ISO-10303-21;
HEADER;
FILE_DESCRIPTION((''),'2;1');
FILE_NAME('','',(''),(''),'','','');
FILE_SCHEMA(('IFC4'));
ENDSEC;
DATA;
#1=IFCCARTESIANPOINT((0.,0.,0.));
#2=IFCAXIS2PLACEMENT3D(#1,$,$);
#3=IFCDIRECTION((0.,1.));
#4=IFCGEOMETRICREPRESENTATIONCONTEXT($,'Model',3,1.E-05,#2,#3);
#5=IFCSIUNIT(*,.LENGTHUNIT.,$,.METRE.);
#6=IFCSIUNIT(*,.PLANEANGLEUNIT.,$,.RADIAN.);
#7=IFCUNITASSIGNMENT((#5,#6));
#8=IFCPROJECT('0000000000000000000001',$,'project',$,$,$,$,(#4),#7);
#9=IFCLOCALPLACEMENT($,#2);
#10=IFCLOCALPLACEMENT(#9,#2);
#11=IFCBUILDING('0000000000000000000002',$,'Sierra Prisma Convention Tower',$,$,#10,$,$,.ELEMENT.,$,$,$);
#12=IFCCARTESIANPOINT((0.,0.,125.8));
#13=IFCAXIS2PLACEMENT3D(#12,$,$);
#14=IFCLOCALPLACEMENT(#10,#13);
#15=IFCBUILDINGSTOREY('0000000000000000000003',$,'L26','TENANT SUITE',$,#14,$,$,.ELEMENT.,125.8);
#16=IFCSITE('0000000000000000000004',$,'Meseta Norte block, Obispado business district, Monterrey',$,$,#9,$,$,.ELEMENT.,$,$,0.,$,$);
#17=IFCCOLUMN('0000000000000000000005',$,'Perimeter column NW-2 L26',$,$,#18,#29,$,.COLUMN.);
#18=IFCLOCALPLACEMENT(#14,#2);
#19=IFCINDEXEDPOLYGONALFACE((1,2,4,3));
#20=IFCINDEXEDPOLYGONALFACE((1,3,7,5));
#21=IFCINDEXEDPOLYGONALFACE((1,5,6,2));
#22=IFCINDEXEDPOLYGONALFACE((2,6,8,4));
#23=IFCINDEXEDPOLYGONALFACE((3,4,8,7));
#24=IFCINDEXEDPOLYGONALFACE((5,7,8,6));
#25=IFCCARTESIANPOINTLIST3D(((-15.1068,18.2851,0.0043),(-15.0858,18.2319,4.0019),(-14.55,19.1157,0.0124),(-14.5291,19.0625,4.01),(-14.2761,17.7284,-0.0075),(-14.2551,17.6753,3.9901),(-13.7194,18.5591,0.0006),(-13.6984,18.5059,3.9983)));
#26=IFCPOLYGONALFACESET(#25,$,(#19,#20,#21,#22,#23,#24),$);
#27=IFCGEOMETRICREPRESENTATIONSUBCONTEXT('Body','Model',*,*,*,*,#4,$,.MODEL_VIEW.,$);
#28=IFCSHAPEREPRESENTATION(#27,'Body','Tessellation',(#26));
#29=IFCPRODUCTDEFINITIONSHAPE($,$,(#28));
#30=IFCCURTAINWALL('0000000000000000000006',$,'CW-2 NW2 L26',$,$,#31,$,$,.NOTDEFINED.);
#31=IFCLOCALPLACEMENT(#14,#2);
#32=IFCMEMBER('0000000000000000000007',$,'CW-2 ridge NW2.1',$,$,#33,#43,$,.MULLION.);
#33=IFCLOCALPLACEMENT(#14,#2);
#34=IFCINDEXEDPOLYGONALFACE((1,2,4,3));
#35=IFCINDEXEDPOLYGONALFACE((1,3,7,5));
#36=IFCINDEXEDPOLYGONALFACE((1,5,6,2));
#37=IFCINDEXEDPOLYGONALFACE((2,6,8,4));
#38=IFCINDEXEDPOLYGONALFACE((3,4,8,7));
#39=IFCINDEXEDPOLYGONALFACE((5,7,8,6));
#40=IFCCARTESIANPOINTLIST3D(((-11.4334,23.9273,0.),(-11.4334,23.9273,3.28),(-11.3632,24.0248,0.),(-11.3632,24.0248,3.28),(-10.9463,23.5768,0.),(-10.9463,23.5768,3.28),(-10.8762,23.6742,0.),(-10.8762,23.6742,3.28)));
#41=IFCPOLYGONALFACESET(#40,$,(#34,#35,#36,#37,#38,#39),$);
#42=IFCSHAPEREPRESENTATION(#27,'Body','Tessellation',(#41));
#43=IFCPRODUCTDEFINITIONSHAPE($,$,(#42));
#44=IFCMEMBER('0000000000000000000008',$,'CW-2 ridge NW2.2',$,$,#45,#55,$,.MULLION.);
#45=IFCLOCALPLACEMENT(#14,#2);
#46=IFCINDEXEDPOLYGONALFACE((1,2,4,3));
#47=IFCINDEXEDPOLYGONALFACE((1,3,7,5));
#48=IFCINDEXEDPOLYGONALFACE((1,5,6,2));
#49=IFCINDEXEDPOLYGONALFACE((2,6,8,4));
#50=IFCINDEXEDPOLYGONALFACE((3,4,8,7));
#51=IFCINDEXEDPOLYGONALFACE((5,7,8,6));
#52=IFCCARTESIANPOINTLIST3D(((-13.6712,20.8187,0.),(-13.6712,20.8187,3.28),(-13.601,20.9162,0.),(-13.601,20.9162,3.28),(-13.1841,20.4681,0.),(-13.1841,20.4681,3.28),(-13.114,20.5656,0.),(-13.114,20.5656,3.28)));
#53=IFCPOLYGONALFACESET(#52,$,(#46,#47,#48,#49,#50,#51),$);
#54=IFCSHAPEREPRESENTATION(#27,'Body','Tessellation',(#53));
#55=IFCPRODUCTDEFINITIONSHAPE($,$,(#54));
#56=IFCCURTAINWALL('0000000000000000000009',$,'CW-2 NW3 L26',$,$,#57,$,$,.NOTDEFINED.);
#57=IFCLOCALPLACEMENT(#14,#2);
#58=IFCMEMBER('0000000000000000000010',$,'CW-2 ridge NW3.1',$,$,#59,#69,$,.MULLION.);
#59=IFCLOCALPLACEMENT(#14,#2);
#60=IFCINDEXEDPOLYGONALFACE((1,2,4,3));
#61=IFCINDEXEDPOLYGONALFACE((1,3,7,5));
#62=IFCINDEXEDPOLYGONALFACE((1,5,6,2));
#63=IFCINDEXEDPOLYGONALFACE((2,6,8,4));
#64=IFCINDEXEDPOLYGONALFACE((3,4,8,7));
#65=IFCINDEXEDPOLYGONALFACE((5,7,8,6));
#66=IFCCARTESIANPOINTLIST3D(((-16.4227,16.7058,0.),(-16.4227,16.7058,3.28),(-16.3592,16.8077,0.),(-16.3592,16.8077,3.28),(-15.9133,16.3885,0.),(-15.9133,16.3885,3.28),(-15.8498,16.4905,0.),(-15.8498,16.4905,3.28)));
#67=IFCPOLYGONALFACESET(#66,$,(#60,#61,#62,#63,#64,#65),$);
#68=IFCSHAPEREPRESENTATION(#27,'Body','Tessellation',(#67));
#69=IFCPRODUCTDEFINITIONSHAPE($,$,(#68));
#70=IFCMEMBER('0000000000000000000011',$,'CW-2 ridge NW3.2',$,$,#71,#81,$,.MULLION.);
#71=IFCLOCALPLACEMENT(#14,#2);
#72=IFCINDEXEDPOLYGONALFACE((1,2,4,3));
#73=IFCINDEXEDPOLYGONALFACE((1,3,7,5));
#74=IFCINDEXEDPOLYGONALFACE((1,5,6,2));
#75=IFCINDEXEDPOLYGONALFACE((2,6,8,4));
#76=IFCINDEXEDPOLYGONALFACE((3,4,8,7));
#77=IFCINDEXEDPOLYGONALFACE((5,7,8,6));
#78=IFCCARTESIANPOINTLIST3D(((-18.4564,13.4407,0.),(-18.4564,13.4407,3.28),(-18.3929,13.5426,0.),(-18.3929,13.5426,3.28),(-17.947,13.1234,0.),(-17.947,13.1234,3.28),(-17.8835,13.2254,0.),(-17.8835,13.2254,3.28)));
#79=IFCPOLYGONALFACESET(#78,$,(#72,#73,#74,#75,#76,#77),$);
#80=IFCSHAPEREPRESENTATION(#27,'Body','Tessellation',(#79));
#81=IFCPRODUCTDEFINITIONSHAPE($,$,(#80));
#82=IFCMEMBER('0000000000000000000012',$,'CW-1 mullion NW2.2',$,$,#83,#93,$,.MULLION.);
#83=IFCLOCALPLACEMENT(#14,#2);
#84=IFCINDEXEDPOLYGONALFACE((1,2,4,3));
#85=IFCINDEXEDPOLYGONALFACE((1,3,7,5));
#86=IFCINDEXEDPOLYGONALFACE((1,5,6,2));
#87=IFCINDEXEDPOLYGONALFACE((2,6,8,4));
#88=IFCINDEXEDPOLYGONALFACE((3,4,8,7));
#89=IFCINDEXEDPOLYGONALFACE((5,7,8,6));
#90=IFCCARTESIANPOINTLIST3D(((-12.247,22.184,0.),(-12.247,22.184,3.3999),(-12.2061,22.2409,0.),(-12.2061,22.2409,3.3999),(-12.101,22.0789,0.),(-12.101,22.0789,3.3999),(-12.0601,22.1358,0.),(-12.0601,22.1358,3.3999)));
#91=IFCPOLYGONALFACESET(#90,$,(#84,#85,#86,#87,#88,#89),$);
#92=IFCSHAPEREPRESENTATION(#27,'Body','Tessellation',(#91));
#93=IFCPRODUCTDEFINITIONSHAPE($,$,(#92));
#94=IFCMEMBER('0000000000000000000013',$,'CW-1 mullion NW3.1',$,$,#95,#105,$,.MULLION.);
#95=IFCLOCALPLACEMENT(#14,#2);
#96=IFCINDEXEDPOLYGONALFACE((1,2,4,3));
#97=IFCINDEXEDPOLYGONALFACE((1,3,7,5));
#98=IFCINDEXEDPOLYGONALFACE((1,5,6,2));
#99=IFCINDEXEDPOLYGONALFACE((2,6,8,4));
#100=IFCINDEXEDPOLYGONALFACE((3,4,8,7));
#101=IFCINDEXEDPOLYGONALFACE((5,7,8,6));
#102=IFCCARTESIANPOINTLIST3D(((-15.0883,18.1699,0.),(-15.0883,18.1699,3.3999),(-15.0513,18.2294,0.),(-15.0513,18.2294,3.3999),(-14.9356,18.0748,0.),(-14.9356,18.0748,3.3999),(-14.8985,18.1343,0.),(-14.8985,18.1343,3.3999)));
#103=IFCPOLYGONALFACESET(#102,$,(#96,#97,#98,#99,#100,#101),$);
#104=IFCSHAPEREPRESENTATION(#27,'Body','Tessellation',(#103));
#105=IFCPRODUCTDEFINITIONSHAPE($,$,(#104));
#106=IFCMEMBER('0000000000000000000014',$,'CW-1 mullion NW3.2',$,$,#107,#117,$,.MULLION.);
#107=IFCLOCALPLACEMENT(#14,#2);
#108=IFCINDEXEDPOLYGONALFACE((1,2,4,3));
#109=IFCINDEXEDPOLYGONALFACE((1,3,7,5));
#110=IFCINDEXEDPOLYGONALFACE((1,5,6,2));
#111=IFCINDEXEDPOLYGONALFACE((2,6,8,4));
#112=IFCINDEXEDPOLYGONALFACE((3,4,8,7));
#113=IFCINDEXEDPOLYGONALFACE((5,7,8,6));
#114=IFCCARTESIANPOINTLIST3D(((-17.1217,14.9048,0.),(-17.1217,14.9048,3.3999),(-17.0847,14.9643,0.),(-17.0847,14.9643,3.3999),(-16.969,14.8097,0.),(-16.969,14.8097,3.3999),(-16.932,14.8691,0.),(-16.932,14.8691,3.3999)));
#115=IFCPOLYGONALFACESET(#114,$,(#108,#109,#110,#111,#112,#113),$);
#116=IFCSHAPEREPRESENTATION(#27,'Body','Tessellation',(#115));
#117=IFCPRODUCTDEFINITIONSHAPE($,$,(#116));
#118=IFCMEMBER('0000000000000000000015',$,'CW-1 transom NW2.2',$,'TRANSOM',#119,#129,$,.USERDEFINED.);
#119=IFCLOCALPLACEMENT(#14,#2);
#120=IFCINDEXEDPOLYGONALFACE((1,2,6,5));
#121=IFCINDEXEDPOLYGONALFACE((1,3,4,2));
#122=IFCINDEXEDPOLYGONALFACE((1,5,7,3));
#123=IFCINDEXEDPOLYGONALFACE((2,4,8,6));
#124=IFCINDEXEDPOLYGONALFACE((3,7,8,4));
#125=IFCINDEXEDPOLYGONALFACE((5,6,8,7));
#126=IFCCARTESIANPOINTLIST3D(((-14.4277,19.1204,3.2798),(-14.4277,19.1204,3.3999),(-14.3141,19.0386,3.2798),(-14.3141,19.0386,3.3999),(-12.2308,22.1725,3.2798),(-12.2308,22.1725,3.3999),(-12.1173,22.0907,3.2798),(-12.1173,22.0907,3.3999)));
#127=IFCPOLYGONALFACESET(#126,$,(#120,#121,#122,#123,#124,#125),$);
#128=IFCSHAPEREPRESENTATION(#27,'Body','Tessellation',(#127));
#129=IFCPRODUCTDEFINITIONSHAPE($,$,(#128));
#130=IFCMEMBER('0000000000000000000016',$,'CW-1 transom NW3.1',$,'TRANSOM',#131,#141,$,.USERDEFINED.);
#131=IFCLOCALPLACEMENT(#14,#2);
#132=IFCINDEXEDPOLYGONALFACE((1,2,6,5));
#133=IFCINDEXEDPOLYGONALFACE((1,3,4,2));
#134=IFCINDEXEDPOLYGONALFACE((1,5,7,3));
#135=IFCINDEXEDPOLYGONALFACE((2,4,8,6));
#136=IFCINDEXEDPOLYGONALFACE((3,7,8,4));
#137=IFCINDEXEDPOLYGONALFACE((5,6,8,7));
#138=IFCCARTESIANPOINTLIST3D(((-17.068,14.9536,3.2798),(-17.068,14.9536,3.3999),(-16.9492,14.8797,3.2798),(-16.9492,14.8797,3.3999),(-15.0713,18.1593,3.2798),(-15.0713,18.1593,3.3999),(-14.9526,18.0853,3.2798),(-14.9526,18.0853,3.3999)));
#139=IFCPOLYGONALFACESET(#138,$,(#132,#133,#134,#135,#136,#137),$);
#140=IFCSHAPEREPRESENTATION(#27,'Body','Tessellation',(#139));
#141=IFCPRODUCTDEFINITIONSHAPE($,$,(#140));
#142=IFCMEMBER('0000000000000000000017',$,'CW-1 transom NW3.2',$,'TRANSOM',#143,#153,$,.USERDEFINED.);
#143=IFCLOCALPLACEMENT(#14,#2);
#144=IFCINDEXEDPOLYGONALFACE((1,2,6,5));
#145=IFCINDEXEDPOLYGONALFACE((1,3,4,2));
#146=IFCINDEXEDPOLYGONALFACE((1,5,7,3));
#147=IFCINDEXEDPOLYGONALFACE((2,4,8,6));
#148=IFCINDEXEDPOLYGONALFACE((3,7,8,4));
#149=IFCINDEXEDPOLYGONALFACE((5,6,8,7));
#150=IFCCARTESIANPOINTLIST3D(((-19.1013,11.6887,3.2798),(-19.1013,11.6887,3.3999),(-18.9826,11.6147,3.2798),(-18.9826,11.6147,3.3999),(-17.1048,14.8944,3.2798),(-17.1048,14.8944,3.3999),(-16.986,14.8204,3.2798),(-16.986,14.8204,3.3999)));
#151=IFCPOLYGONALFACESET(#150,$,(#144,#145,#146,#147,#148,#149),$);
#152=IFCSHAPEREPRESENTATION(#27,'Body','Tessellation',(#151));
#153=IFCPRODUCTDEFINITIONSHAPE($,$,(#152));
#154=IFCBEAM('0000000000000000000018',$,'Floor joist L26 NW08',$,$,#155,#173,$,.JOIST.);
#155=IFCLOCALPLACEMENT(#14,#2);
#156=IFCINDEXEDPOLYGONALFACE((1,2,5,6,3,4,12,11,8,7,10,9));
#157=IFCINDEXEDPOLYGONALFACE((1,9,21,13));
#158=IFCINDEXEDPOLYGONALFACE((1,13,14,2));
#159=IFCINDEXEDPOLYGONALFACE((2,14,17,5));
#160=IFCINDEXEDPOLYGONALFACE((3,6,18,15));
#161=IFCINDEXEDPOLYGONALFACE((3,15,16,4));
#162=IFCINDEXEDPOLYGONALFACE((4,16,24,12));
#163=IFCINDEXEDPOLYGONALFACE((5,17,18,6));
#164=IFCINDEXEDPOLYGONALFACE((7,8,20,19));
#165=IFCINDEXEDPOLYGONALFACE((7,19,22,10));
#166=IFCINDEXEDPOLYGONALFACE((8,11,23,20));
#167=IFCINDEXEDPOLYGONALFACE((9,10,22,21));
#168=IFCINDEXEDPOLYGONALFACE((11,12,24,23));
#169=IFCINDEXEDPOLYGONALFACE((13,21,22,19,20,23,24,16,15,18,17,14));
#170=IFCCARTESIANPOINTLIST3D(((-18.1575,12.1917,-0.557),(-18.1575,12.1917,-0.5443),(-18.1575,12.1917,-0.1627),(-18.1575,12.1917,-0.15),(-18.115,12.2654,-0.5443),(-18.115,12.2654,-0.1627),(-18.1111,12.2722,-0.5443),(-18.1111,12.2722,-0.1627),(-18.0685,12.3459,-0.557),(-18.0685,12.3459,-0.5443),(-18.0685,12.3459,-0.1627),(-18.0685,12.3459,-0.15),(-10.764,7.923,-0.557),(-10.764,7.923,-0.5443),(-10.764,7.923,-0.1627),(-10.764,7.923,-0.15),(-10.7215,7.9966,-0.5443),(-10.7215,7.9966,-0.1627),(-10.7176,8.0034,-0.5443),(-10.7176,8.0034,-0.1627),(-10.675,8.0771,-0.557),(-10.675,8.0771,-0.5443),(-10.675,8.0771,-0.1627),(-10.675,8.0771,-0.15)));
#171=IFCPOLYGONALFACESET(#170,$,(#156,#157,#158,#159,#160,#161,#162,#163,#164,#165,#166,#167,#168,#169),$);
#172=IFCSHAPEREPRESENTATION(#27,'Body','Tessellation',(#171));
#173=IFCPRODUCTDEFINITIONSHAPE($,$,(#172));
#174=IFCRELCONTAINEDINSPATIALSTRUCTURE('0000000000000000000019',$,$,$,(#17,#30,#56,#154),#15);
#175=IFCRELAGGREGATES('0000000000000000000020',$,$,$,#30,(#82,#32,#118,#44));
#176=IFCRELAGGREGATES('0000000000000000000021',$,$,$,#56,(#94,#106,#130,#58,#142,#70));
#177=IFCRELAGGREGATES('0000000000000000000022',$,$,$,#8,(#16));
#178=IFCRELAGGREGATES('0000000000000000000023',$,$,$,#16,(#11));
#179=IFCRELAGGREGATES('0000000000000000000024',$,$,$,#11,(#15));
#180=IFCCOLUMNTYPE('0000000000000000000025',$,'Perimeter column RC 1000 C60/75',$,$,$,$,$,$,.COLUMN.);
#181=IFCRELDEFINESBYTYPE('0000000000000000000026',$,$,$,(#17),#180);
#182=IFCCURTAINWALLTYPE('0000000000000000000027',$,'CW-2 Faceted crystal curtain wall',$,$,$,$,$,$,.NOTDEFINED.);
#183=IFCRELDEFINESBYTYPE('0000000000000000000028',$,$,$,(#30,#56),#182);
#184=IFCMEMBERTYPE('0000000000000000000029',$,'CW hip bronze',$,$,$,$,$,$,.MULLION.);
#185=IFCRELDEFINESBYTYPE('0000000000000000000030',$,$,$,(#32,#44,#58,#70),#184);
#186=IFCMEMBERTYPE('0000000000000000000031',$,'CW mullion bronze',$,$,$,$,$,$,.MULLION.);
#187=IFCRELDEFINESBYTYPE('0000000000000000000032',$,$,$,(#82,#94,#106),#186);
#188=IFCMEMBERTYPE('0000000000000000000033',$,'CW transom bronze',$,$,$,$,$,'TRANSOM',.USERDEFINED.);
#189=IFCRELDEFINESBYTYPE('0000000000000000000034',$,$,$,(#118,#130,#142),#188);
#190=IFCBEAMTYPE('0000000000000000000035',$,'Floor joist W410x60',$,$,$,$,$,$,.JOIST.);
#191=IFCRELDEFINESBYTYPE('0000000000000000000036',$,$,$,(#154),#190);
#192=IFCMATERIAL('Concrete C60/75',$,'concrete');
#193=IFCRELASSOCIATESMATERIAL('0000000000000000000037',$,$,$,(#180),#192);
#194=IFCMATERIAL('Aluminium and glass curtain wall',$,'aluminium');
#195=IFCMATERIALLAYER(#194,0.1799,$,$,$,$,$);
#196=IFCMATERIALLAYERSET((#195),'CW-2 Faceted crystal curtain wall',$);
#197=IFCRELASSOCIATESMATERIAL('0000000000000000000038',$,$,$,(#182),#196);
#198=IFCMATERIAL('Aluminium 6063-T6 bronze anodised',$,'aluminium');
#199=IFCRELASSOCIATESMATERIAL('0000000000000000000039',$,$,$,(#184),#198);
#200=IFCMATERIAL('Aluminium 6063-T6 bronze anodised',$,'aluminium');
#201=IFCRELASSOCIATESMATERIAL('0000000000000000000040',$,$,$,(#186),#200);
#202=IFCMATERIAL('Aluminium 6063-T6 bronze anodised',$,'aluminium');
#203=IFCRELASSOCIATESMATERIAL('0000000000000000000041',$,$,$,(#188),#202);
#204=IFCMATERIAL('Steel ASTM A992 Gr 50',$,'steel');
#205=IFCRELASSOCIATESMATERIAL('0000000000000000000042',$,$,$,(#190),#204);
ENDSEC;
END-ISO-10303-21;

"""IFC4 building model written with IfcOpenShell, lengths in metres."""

from ifc_helpers import new_model, si_unit, direction, frame, origin, origin_2d, place, context, subcontext, project, spatial, rectangle, i_section, extrude, clip, halfspace, material, layer, layer_set, material_profile, profile_set, type_object, element, aggregate, save


model = new_model("IFC4")

# Units and contexts
model_context = context("Model", 3, precision=1e-05, world=origin(), true_north=direction((0.0, 1.0)))
body_context = subcontext(model_context, "Body", "Model", "MODEL_VIEW")
ifc_project = project(units=[si_unit("LENGTHUNIT", "METRE"), si_unit("PLANEANGLEUNIT", "RADIAN")], contexts=[model_context])

# Site, building, storey
site_placement = place(None, origin())
site = spatial("IfcSite", under=ifc_project, at=site_placement, Name="Meseta Norte block, Obispado business district, Monterrey", CompositionType="ELEMENT", RefElevation=0.0)
building_placement = place(site_placement, origin())
building = spatial("IfcBuilding", under=site, at=building_placement, Name="Sierra Prisma Convention Tower", CompositionType="ELEMENT")
storey_placement = place(building_placement, frame((0.0, 0.0, 125.8)))
storey = spatial("IfcBuildingStorey", under=building, at=storey_placement, Name="L26", Description="TENANT SUITE", CompositionType="ELEMENT", Elevation=125.8)

# Column
ifc_material_1 = material(Name="Concrete C60/75", Category="concrete")
ifc_material_profile_1 = material_profile(ifc_material_1, rectangle(XDim=1.0, YDim=1.0, at=origin_2d()), Name="Perimeter column RC 1000 C60/75")
ifc_profile_set_1 = profile_set([ifc_material_profile_1], Name="Concrete C60/75")
column_type = type_object("IfcColumnType", Name="Perimeter column RC 1000 C60/75", PredefinedType="COLUMN", material=ifc_profile_set_1)
column_placement = place(storey_placement, frame((-14.4131, 18.4221, 0.0), z_axis=(0.005248, -0.013304, 0.999898), x_axis=(0.556732, 0.830653, 0.00813)))
element("IfcColumn", 1, at=column_placement, inside=storey, type_object=column_type, Name="Perimeter column NW-2 L26", PredefinedType="COLUMN", context=body_context, shape_type="SweptSolid", body=[
    clip(extrude(rectangle(XDim=1.0, YDim=1.0, at=origin_2d()), origin(), (0.0, 0.0, 1.0), 4.0005), halfspace(frame((0.0, 0.0, 0.0024)), True)),
])

# Curtain walls, members
ifc_material_2 = material(Name="Aluminium and glass curtain wall", Category="aluminium")
ifc_layer_1 = layer(ifc_material_2, 0.1799)
ifc_layer_set_1 = layer_set([ifc_layer_1], Name="CW-2 Faceted crystal curtain wall")
curtain_wall_type = type_object("IfcCurtainWallType", Name="CW-2 Faceted crystal curtain wall", PredefinedType="NOTDEFINED", material=ifc_layer_set_1)
curtain_wall_1_placement = place(storey_placement, origin())
curtain_wall_1 = element("IfcCurtainWall", 2, at=curtain_wall_1_placement, inside=storey, type_object=curtain_wall_type, Name="CW-2 NW2 L26", PredefinedType="NOTDEFINED")
ifc_material_3 = material(Name="Aluminium 6063-T6 bronze anodised", Category="aluminium")
ifc_material_profile_2 = material_profile(ifc_material_3, rectangle(XDim=0.1201, YDim=0.6001, at=origin_2d()), Name="ALU RIDGE BLADE 120x600")
ifc_profile_set_2 = profile_set([ifc_material_profile_2], Name="Aluminium 6063-T6 bronze anodised")
member_type_1 = type_object("IfcMemberType", Name="CW hip bronze", PredefinedType="MULLION", material=ifc_profile_set_2)
member_1_placement = place(storey_placement, frame((-11.1548, 23.8008, 0.0), z_axis=(0.0, 0.0, 1.0), x_axis=(-0.584192, -0.811615, 0.0)))
member_1 = element("IfcMember", 3, at=member_1_placement, type_object=member_type_1, Name="CW-2 ridge NW2.1", PredefinedType="MULLION", context=body_context, shape_type="SweptSolid", body=[
    extrude(rectangle(XDim=0.1201, YDim=0.6001, at=origin_2d()), origin(), (0.0, 0.0, 1.0), 3.28),
])
member_2_placement = place(storey_placement, frame((-13.3926, 20.6921, 0.0), z_axis=(0.0, 0.0, 1.0), x_axis=(-0.584192, -0.811615, 0.0)))
member_2 = element("IfcMember", 4, at=member_2_placement, type_object=member_type_1, Name="CW-2 ridge NW2.2", PredefinedType="MULLION", context=body_context, shape_type="SweptSolid", body=[
    extrude(rectangle(XDim=0.1201, YDim=0.6001, at=origin_2d()), origin(), (0.0, 0.0, 1.0), 3.28),
])
curtain_wall_2_placement = place(storey_placement, origin())
curtain_wall_2 = element("IfcCurtainWall", 5, at=curtain_wall_2_placement, inside=storey, type_object=curtain_wall_type, Name="CW-2 NW3 L26", PredefinedType="NOTDEFINED")
member_3_placement = place(storey_placement, frame((-16.1362, 16.5981, 0.0), z_axis=(0.0, 0.0, 1.0), x_axis=(-0.528665, -0.84883, 0.0)))
member_3 = element("IfcMember", 6, at=member_3_placement, type_object=member_type_1, Name="CW-2 ridge NW3.1", PredefinedType="MULLION", context=body_context, shape_type="SweptSolid", body=[
    extrude(rectangle(XDim=0.1201, YDim=0.6001, at=origin_2d()), origin(), (0.0, 0.0, 1.0), 3.28),
])
member_4_placement = place(storey_placement, frame((-18.1699, 13.333, 0.0), z_axis=(0.0, 0.0, 1.0), x_axis=(-0.528665, -0.84883, 0.0)))
member_4 = element("IfcMember", 7, at=member_4_placement, type_object=member_type_1, Name="CW-2 ridge NW3.2", PredefinedType="MULLION", context=body_context, shape_type="SweptSolid", body=[
    extrude(rectangle(XDim=0.1201, YDim=0.6001, at=origin_2d()), origin(), (0.0, 0.0, 1.0), 3.28),
])

# Members
ifc_material_4 = material(Name="Aluminium 6063-T6 bronze anodised", Category="aluminium")
ifc_material_profile_3 = material_profile(ifc_material_4, rectangle(XDim=0.1799, YDim=0.0701, at=origin_2d()), Name="ALU MULLION 70x180")
ifc_profile_set_3 = profile_set([ifc_material_profile_3], Name="Aluminium 6063-T6 bronze anodised")
member_type_2 = type_object("IfcMemberType", Name="CW mullion bronze", PredefinedType="MULLION", material=ifc_profile_set_3)
member_5_placement = place(storey_placement, frame((-12.1536, 22.1599, 0.0), z_axis=(0.0, 0.0, 1.0), x_axis=(0.811615, -0.584192, 0.0)))
member_5 = element("IfcMember", 8, at=member_5_placement, type_object=member_type_2, Name="CW-1 mullion NW2.2", PredefinedType="MULLION", context=body_context, shape_type="SweptSolid", body=[
    extrude(rectangle(XDim=0.1799, YDim=0.0701, at=origin_2d()), origin(), (0.0, 0.0, 1.0), 3.3999),
])
member_6_placement = place(storey_placement, frame((-14.9934, 18.1521, 0.0), z_axis=(0.0, 0.0, 1.0), x_axis=(0.84883, -0.528665, 0.0)))
member_6 = element("IfcMember", 9, at=member_6_placement, type_object=member_type_2, Name="CW-1 mullion NW3.1", PredefinedType="MULLION", context=body_context, shape_type="SweptSolid", body=[
    extrude(rectangle(XDim=0.1799, YDim=0.0701, at=origin_2d()), origin(), (0.0, 0.0, 1.0), 3.3999),
])
member_7_placement = place(storey_placement, frame((-17.0269, 14.887, 0.0), z_axis=(0.0, 0.0, 1.0), x_axis=(0.84883, -0.528665, 0.0)))
member_7 = element("IfcMember", 10, at=member_7_placement, type_object=member_type_2, Name="CW-1 mullion NW3.2", PredefinedType="MULLION", context=body_context, shape_type="SweptSolid", body=[
    extrude(rectangle(XDim=0.1799, YDim=0.0701, at=origin_2d()), origin(), (0.0, 0.0, 1.0), 3.3999),
])
ifc_material_5 = material(Name="Aluminium 6063-T6 bronze anodised", Category="aluminium")
ifc_material_profile_4 = material_profile(ifc_material_5, rectangle(XDim=0.1399, YDim=0.1201, at=origin_2d()), Name="ALU TRANSOM 120x140")
ifc_profile_set_4 = profile_set([ifc_material_profile_4], Name="Aluminium 6063-T6 bronze anodised")
member_type_3 = type_object("IfcMemberType", Name="CW transom bronze", ElementType="TRANSOM", PredefinedType="USERDEFINED", material=ifc_profile_set_4)
member_8_placement = place(storey_placement, frame((-12.1741, 22.1316, 3.3398), z_axis=(-0.584188, -0.811618, 0.0), x_axis=(0.811618, -0.584188, 0.0)))
member_8 = element("IfcMember", 11, at=member_8_placement, type_object=member_type_3, Name="CW-1 transom NW2.2", ObjectType="TRANSOM", PredefinedType="USERDEFINED", context=body_context, shape_type="SweptSolid", body=[
    extrude(rectangle(XDim=0.1399, YDim=0.1201, at=origin_2d()), origin(), (0.0, 0.0, 1.0), 3.7605),
])
member_9_placement = place(storey_placement, frame((-15.012, 18.1223, 3.3398), z_axis=(-0.528685, -0.848818, 0.0), x_axis=(0.848818, -0.528685, 0.0)))
member_9 = element("IfcMember", 12, at=member_9_placement, type_object=member_type_3, Name="CW-1 transom NW3.1", ObjectType="TRANSOM", PredefinedType="USERDEFINED", context=body_context, shape_type="SweptSolid", body=[
    extrude(rectangle(XDim=0.1399, YDim=0.1201, at=origin_2d()), origin(), (0.0, 0.0, 1.0), 3.7766),
])
member_10_placement = place(storey_placement, frame((-17.0454, 14.8574, 3.3398), z_axis=(-0.528656, -0.848836, 0.0), x_axis=(0.848836, -0.528656, 0.0)))
member_10 = element("IfcMember", 13, at=member_10_placement, type_object=member_type_3, Name="CW-1 transom NW3.2", ObjectType="TRANSOM", PredefinedType="USERDEFINED", context=body_context, shape_type="SweptSolid", body=[
    extrude(rectangle(XDim=0.1399, YDim=0.1201, at=origin_2d()), origin(), (0.0, 0.0, 1.0), 3.7766),
])

# Beam
ifc_material_6 = material(Name="Steel ASTM A992 Gr 50", Category="steel")
ifc_material_profile_5 = material_profile(ifc_material_6, i_section(OverallWidth=0.178, OverallDepth=0.407, WebThickness=0.0078, FlangeThickness=0.0127, at=origin_2d()), Name="W410x60")
ifc_profile_set_5 = profile_set([ifc_material_profile_5], Name="Steel ASTM A992 Gr 50")
beam_type_1 = type_object("IfcBeamType", Name="Floor joist W410x60", PredefinedType="JOIST", material=ifc_profile_set_5)
beam_1_placement = place(storey_placement, frame((-18.113, 12.2688, -0.3535), z_axis=(0.866019, -0.500011, 0.0), x_axis=(0.500011, 0.866019, 0.0)))
element("IfcBeam", 14, at=beam_1_placement, inside=storey, type_object=beam_type_1, Name="Floor joist L26 NW08", PredefinedType="JOIST", context=body_context, shape_type="SweptSolid", body=[
    extrude(i_section(OverallWidth=0.178, OverallDepth=0.407, WebThickness=0.0078, FlangeThickness=0.0127, at=origin_2d()), origin(), (0.0, 0.0, 1.0), 8.5374),
])

aggregate(curtain_wall_1, [member_5, member_1, member_8, member_2])
aggregate(curtain_wall_2, [member_6, member_7, member_9, member_3, member_10, member_4])

save(model, "model.ifc")
